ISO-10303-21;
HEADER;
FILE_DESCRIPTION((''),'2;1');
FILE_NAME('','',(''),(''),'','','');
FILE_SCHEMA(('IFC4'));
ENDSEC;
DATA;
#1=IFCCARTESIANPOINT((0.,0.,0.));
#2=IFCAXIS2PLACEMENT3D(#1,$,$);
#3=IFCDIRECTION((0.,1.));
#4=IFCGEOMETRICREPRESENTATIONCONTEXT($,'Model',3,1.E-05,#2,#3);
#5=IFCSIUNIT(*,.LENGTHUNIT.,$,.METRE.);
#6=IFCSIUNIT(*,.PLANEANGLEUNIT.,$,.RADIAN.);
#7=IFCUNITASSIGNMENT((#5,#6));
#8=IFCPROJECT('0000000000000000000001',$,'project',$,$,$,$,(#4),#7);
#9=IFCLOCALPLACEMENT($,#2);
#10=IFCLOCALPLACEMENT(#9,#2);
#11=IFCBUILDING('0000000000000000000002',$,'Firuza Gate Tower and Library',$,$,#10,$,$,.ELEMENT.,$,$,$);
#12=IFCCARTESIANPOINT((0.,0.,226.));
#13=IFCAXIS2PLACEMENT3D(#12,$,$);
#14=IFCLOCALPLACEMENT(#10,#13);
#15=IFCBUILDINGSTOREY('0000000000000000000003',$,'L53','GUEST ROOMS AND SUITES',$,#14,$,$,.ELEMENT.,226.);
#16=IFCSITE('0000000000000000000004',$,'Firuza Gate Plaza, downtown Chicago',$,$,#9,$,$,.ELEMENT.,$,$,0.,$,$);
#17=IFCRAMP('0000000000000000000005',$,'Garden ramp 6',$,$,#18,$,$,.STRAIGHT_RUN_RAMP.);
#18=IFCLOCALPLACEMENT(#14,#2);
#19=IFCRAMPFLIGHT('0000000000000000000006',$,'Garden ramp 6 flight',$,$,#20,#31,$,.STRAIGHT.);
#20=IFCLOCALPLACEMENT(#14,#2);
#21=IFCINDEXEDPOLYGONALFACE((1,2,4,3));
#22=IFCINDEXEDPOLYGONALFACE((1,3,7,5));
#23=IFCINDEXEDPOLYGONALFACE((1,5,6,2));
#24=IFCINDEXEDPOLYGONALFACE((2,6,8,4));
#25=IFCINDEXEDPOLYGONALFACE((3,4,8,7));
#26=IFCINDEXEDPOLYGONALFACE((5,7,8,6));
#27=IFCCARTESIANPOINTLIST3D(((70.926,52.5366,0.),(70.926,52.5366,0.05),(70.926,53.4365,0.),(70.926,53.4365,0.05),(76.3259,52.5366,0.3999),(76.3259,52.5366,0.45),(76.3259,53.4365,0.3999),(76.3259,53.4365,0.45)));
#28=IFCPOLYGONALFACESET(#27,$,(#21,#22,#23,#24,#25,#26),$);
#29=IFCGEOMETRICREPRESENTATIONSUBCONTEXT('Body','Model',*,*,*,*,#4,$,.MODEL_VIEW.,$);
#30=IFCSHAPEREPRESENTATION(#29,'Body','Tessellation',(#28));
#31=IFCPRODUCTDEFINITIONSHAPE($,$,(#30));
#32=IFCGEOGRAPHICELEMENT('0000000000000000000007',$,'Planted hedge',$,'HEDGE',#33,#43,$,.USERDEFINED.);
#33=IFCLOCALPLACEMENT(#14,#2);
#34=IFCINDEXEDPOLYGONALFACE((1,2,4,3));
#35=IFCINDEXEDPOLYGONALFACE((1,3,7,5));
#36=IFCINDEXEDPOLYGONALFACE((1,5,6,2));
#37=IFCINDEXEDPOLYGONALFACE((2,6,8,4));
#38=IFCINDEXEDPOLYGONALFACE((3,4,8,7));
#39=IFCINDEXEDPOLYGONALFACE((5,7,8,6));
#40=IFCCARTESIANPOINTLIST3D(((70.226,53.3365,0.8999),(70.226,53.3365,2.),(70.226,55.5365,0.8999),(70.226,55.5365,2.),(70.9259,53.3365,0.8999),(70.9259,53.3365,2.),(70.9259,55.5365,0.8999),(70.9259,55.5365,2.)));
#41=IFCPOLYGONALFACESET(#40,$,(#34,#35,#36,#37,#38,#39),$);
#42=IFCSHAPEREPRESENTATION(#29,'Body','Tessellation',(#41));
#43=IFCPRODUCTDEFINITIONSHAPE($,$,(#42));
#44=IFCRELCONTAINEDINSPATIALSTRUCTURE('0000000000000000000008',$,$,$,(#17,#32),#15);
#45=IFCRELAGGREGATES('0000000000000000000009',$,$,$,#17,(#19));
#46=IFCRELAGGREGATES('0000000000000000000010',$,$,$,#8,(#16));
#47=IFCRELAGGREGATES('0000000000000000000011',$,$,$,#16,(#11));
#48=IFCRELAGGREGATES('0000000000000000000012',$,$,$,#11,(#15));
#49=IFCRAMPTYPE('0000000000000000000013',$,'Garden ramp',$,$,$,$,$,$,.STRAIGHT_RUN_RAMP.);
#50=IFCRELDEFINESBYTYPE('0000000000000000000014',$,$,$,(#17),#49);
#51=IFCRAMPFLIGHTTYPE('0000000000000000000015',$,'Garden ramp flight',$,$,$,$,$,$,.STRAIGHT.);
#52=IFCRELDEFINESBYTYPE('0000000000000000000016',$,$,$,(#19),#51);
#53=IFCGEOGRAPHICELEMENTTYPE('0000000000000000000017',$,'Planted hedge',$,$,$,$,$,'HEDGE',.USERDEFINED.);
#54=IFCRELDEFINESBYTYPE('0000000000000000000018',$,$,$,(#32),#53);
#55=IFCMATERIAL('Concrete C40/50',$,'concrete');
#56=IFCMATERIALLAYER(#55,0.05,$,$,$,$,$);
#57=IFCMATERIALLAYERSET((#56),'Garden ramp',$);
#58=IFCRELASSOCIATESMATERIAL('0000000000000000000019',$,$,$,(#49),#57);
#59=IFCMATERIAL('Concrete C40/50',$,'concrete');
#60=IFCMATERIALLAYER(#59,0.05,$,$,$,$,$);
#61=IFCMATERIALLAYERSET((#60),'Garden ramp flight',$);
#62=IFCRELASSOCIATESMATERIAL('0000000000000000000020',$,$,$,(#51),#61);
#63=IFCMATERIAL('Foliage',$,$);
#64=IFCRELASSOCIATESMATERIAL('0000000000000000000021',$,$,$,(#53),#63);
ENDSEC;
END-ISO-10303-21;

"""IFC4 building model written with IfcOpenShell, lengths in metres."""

from ifc_helpers import new_model, si_unit, direction, frame, origin, origin_2d, place, context, subcontext, project, spatial, polyline, rectangle, outline, extrude, material, layer, layer_set, type_object, element, aggregate, save


model = new_model("IFC4")

# Units and contexts
model_context = context("Model", 3, precision=1e-05, world=origin(), true_north=direction((0.0, 1.0)))
body_context = subcontext(model_context, "Body", "Model", "MODEL_VIEW")
ifc_project = project(units=[si_unit("LENGTHUNIT", "METRE"), si_unit("PLANEANGLEUNIT", "RADIAN")], contexts=[model_context])

# Site, building, storey
site_placement = place(None, origin())
site = spatial("IfcSite", under=ifc_project, at=site_placement, Name="Firuza Gate Plaza, downtown Chicago", CompositionType="ELEMENT", RefElevation=0.0)
building_placement = place(site_placement, origin())
building = spatial("IfcBuilding", under=site, at=building_placement, Name="Firuza Gate Tower and Library", CompositionType="ELEMENT")
storey_placement = place(building_placement, frame((0.0, 0.0, 226.0)))
storey = spatial("IfcBuildingStorey", under=building, at=storey_placement, Name="L53", Description="GUEST ROOMS AND SUITES", CompositionType="ELEMENT", Elevation=226.0)

# Shared definitions
placement = place(storey_placement, origin())

# Ramp, ramp flight
ifc_material_1 = material(Name="Concrete C40/50", Category="concrete")
ifc_layer_1 = layer(ifc_material_1, 0.05)
ifc_layer_set_1 = layer_set([ifc_layer_1], Name="Garden ramp")
ramp_type = type_object("IfcRampType", Name="Garden ramp", PredefinedType="STRAIGHT_RUN_RAMP", material=ifc_layer_set_1)
ramp = element("IfcRamp", 1, at=placement, inside=storey, type_object=ramp_type, Name="Garden ramp 6", PredefinedType="STRAIGHT_RUN_RAMP")
ifc_material_2 = material(Name="Concrete C40/50", Category="concrete")
ifc_layer_2 = layer(ifc_material_2, 0.05)
ifc_layer_set_2 = layer_set([ifc_layer_2], Name="Garden ramp flight")
ramp_flight_type = type_object("IfcRampFlightType", Name="Garden ramp flight", PredefinedType="STRAIGHT", material=ifc_layer_set_2)
ramp_flight_placement = place(storey_placement, frame((70.926, 52.9866, 0.0), z_axis=(0.0, 0.0, 1.0), x_axis=(1.0, 0.0, 0.0)))
ramp_flight = element("IfcRampFlight", 2, at=ramp_flight_placement, type_object=ramp_flight_type, Name="Garden ramp 6 flight", PredefinedType="STRAIGHT", context=body_context, shape_type="SweptSolid", body=[
    extrude(outline(polyline([(0.0, 0.05), (5.3999, 0.45), (5.3999, 0.3999), (0.0, 0.0), (0.0, 0.05)])), frame((0.0, 0.45, 0.0), z_axis=(0.0, -1.0, 0.0), x_axis=(1.0, 0.0, 0.0)), (0.0, 0.0, 1.0), 0.8999),
])
aggregate(ramp, [ramp_flight])

# Geographic element
ifc_material_3 = material(Name="Foliage")
geographic_element_type = type_object("IfcGeographicElementType", Name="Planted hedge", ElementType="HEDGE", PredefinedType="USERDEFINED", material=ifc_material_3)
geographic_element_placement = place(storey_placement, frame((70.5759, 54.4365, 0.8999), z_axis=(0.0, 0.0, 1.0), x_axis=(0.0, -1.0, 0.0)))
element("IfcGeographicElement", 3, at=geographic_element_placement, inside=storey, type_object=geographic_element_type, Name="Planted hedge", ObjectType="HEDGE", PredefinedType="USERDEFINED", context=body_context, shape_type="SweptSolid", body=[
    extrude(rectangle(XDim=2.2, YDim=0.7, at=origin_2d()), origin(), (0.0, 0.0, 1.0), 1.1001),
])

save(model, "model.ifc")
